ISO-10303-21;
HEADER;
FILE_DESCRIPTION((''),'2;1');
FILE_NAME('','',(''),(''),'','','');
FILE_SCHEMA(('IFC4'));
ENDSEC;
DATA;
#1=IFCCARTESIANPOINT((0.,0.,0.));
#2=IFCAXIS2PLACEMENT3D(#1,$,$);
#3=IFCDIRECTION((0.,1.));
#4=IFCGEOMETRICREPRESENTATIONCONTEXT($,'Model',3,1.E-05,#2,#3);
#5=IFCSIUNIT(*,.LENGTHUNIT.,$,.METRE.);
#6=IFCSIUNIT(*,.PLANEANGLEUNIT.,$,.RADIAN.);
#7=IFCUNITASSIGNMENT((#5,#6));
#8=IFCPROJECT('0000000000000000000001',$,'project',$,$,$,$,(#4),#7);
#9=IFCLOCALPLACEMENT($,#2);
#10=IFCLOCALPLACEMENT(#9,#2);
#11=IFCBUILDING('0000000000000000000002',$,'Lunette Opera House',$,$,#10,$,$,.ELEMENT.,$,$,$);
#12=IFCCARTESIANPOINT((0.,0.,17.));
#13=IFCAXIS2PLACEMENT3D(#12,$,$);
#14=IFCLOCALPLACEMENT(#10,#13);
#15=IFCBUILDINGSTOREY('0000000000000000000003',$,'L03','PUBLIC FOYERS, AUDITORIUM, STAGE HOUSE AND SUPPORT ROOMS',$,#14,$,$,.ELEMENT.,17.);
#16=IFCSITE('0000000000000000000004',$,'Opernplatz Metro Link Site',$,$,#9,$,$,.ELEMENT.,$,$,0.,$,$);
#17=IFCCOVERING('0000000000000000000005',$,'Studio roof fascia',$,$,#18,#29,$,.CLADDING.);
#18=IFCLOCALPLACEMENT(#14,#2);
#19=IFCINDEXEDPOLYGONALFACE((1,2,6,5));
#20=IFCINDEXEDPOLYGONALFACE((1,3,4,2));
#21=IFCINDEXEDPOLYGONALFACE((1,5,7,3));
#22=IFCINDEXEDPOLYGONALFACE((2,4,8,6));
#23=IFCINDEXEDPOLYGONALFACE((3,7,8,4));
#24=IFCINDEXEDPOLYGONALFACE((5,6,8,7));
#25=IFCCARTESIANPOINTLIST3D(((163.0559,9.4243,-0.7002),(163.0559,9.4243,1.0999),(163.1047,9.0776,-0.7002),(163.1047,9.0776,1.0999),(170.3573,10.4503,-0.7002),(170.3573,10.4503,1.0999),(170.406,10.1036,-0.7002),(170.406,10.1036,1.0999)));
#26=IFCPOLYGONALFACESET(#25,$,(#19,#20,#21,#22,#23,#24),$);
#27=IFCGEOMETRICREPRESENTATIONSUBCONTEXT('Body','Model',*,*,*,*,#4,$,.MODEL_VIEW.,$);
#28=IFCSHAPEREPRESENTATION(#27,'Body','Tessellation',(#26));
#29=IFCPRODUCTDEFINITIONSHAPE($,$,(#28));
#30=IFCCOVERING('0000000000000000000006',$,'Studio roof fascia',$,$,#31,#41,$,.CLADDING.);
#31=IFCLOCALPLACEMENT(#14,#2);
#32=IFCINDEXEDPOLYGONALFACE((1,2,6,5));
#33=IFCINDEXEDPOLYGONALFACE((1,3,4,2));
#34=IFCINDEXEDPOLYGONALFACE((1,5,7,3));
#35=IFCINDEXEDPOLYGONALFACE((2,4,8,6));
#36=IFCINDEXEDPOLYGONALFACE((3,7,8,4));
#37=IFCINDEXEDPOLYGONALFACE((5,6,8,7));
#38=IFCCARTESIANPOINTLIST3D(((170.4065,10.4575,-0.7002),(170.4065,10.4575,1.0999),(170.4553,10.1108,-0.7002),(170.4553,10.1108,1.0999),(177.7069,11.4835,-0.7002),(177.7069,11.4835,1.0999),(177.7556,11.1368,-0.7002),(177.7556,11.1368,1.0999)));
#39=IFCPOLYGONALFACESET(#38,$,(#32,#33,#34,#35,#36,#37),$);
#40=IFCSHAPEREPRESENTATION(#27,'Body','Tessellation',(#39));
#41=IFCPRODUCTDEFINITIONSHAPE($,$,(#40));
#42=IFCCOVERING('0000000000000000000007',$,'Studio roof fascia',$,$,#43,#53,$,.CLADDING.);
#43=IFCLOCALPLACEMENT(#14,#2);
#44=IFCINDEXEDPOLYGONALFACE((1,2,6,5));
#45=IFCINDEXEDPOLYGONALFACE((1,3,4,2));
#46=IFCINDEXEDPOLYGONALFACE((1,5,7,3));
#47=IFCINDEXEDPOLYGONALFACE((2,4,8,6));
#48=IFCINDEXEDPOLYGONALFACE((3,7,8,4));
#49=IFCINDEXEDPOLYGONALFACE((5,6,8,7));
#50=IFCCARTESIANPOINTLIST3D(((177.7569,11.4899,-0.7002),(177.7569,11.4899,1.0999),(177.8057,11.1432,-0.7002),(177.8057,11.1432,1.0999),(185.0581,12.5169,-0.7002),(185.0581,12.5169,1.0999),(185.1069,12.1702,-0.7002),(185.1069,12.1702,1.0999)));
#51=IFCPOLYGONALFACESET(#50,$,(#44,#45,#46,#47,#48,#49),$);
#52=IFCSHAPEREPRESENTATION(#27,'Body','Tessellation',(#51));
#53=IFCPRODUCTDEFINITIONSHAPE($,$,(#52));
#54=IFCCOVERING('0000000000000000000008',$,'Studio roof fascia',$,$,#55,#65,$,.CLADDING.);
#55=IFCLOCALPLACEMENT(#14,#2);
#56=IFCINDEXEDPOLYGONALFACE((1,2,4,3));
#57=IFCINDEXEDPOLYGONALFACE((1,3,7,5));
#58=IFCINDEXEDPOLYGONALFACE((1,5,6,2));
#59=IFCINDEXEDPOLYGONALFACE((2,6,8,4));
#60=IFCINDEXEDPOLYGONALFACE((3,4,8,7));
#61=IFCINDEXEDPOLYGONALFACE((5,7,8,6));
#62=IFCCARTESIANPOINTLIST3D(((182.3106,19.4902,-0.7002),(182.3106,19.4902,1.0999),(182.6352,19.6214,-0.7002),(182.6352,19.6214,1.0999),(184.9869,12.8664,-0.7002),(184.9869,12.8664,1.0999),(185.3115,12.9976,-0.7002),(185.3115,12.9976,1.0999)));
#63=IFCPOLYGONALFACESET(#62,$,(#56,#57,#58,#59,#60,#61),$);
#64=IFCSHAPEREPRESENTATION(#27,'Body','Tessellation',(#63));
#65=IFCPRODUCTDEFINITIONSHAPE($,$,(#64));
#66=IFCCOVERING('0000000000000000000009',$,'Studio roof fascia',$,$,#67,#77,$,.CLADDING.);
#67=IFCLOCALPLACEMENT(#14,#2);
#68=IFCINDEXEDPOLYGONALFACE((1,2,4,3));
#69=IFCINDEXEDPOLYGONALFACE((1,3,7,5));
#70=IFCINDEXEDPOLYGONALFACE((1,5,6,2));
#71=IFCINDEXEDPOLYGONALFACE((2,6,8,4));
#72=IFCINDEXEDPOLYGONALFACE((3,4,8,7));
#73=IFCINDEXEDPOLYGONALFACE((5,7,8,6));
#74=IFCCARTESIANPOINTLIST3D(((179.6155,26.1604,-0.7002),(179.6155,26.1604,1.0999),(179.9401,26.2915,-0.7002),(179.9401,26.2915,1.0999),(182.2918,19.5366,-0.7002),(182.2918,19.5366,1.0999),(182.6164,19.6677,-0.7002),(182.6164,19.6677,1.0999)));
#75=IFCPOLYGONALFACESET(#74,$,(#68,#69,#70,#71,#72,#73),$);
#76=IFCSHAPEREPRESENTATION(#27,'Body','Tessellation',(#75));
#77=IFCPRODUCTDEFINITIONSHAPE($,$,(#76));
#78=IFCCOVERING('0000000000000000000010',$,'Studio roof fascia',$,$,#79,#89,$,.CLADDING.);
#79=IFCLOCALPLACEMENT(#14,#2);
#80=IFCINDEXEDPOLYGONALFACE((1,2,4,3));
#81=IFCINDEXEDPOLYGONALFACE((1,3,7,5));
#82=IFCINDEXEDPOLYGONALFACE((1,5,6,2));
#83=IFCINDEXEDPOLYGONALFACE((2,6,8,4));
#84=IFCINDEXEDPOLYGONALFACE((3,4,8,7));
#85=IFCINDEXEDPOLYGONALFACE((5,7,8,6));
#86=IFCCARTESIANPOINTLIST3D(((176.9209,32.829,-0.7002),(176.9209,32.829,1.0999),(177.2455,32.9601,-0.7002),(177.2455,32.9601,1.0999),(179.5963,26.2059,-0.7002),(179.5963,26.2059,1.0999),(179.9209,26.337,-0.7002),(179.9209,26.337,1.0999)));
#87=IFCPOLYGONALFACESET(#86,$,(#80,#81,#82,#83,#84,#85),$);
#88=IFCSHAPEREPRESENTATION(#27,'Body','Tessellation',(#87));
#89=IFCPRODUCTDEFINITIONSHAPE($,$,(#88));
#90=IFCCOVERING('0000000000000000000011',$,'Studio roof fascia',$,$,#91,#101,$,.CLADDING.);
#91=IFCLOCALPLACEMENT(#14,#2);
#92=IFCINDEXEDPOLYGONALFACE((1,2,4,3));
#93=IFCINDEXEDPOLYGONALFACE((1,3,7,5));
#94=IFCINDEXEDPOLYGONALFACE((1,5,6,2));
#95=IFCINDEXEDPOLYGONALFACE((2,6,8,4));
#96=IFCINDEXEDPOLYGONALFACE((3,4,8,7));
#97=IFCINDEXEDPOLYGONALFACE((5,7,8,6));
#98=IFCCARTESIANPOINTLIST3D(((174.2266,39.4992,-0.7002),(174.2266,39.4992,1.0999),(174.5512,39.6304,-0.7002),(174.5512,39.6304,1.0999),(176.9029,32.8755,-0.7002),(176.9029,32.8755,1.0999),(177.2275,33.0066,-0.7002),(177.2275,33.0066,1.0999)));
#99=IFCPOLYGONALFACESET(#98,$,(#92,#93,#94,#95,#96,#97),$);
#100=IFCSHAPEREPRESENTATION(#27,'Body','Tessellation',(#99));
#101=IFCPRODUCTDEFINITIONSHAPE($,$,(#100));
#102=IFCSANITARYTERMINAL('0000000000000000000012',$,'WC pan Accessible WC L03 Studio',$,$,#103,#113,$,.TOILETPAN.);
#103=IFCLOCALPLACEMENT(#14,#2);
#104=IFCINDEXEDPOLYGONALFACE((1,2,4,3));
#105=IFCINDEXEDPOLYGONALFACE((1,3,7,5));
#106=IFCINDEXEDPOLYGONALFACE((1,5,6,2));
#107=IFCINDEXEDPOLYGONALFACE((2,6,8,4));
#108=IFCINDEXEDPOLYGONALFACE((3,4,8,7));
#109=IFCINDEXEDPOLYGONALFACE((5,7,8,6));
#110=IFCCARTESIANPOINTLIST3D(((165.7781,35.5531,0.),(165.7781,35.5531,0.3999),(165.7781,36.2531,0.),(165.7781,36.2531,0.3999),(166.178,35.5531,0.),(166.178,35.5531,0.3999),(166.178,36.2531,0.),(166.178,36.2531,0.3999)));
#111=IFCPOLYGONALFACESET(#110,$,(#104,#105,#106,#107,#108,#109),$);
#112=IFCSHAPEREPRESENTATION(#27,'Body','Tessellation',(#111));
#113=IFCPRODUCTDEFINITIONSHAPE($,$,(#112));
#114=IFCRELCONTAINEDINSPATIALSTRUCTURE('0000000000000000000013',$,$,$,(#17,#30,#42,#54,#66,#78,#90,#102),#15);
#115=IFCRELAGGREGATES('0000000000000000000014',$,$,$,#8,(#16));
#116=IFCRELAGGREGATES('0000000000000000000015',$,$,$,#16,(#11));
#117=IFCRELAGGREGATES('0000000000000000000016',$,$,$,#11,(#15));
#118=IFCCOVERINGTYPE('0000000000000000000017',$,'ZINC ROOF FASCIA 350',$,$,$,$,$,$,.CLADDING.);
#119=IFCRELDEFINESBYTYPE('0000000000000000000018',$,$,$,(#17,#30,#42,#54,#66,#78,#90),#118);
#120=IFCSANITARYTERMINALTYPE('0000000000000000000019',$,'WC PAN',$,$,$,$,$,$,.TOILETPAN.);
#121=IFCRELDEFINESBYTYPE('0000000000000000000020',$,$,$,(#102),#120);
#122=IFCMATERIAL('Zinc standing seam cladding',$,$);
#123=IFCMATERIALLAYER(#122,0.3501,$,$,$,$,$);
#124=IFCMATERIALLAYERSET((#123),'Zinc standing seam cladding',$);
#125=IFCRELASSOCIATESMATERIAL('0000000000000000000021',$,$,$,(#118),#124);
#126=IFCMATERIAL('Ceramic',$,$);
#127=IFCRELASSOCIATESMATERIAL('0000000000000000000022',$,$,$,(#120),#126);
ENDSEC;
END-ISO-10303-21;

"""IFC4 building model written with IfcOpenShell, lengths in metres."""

from ifc_helpers import new_model, si_unit, direction, frame, origin, origin_2d, place, context, subcontext, project, spatial, rectangle, extrude, material, layer, layer_set, type_object, element, save


model = new_model("IFC4")

# Units and contexts
model_context = context("Model", 3, precision=1e-05, world=origin(), true_north=direction((0.0, 1.0)))
body_context = subcontext(model_context, "Body", "Model", "MODEL_VIEW")
ifc_project = project(units=[si_unit("LENGTHUNIT", "METRE"), si_unit("PLANEANGLEUNIT", "RADIAN")], contexts=[model_context])

# Site, building, storey
site_placement = place(None, origin())
site = spatial("IfcSite", under=ifc_project, at=site_placement, Name="Opernplatz Metro Link Site", CompositionType="ELEMENT", RefElevation=0.0)
building_placement = place(site_placement, origin())
building = spatial("IfcBuilding", under=site, at=building_placement, Name="Lunette Opera House", CompositionType="ELEMENT")
storey_placement = place(building_placement, frame((0.0, 0.0, 17.0)))
storey = spatial("IfcBuildingStorey", under=building, at=storey_placement, Name="L03", Description="PUBLIC FOYERS, AUDITORIUM, STAGE HOUSE AND SUPPORT ROOMS", CompositionType="ELEMENT", Elevation=17.0)

# Coverings
ifc_material_1 = material(Name="Zinc standing seam cladding")
ifc_layer_1 = layer(ifc_material_1, 0.3501)
ifc_layer_set_1 = layer_set([ifc_layer_1], Name="Zinc standing seam cladding")
covering_type = type_object("IfcCoveringType", Name="ZINC ROOF FASCIA 350", PredefinedType="CLADDING", material=ifc_layer_set_1)
covering_1_placement = place(storey_placement, frame((166.731, 9.7639, -0.7002), z_axis=(0.0, 0.0, 1.0), x_axis=(0.99027, 0.139158, 0.0)))
element("IfcCovering", 1, at=covering_1_placement, inside=storey, type_object=covering_type, Name="Studio roof fascia", PredefinedType="CLADDING", context=body_context, shape_type="SweptSolid", body=[
    extrude(rectangle(XDim=7.373, YDim=0.3501, at=origin_2d()), origin(), (0.0, 0.0, 1.0), 1.8),
])
covering_2_placement = place(storey_placement, frame((174.0811, 10.7971, -0.7002), z_axis=(0.0, 0.0, 1.0), x_axis=(0.990268, 0.139177, 0.0)))
element("IfcCovering", 2, at=covering_2_placement, inside=storey, type_object=covering_type, Name="Studio roof fascia", PredefinedType="CLADDING", context=body_context, shape_type="SweptSolid", body=[
    extrude(rectangle(XDim=7.3721, YDim=0.3501, at=origin_2d()), origin(), (0.0, 0.0, 1.0), 1.8),
])
covering_3_placement = place(storey_placement, frame((181.4319, 11.8301, -0.7002), z_axis=(0.0, 0.0, 1.0), x_axis=(0.990252, 0.139291, 0.0)))
element("IfcCovering", 3, at=covering_3_placement, inside=storey, type_object=covering_type, Name="Studio roof fascia", PredefinedType="CLADDING", context=body_context, shape_type="SweptSolid", body=[
    extrude(rectangle(XDim=7.373, YDim=0.3501, at=origin_2d()), origin(), (0.0, 0.0, 1.0), 1.8),
])
for number, where, z_axis, x_axis, name in (
    (4, (183.811, 16.2439, -0.7002), (0.0, 0.0, 1.0), (-0.374624, 0.927177, 0.0), "Studio roof fascia"),
    (5, (181.116, 22.9141, -0.7002), (0.0, 0.0, 1.0), (-0.374624, 0.927177, 0.0), "Studio roof fascia"),
):
    element("IfcCovering", number, at=place(storey_placement, frame(where, z_axis=z_axis, x_axis=x_axis)), inside=storey, type_object=covering_type, Name=name, PredefinedType="CLADDING", context=body_context, shape_type="SweptSolid", body=[
        extrude(rectangle(XDim=7.144, YDim=0.3501, at=origin_2d()), origin(), (0.0, 0.0, 1.0), 1.8),
    ])
covering_4_placement = place(storey_placement, frame((178.4209, 29.583, -0.7002), z_axis=(0.0, 0.0, 1.0), x_axis=(-0.374553, 0.927205, 0.0)))
element("IfcCovering", 6, at=covering_4_placement, inside=storey, type_object=covering_type, Name="Studio roof fascia", PredefinedType="CLADDING", context=body_context, shape_type="SweptSolid", body=[
    extrude(rectangle(XDim=7.1431, YDim=0.3501, at=origin_2d()), origin(), (0.0, 0.0, 1.0), 1.8),
])
covering_5_placement = place(storey_placement, frame((175.7271, 36.2529, -0.7002), z_axis=(0.0, 0.0, 1.0), x_axis=(-0.374624, 0.927177, 0.0)))
element("IfcCovering", 7, at=covering_5_placement, inside=storey, type_object=covering_type, Name="Studio roof fascia", PredefinedType="CLADDING", context=body_context, shape_type="SweptSolid", body=[
    extrude(rectangle(XDim=7.144, YDim=0.3501, at=origin_2d()), origin(), (0.0, 0.0, 1.0), 1.8),
])

# Sanitary terminal
ifc_material_2 = material(Name="Ceramic")
sanitary_terminal_type = type_object("IfcSanitaryTerminalType", Name="WC PAN", PredefinedType="TOILETPAN", material=ifc_material_2)
sanitary_terminal_placement = place(storey_placement, frame((165.978, 35.9031, 0.0), z_axis=(0.0, 0.0, 1.0), x_axis=(1.0, 0.0, 0.0)))
element("IfcSanitaryTerminal", 8, at=sanitary_terminal_placement, inside=storey, type_object=sanitary_terminal_type, Name="WC pan Accessible WC L03 Studio", PredefinedType="TOILETPAN", context=body_context, shape_type="SweptSolid", body=[
    extrude(rectangle(XDim=0.3999, YDim=0.7, at=origin_2d()), origin(), (0.0, 0.0, 1.0), 0.3999),
])

save(model, "model.ifc")
